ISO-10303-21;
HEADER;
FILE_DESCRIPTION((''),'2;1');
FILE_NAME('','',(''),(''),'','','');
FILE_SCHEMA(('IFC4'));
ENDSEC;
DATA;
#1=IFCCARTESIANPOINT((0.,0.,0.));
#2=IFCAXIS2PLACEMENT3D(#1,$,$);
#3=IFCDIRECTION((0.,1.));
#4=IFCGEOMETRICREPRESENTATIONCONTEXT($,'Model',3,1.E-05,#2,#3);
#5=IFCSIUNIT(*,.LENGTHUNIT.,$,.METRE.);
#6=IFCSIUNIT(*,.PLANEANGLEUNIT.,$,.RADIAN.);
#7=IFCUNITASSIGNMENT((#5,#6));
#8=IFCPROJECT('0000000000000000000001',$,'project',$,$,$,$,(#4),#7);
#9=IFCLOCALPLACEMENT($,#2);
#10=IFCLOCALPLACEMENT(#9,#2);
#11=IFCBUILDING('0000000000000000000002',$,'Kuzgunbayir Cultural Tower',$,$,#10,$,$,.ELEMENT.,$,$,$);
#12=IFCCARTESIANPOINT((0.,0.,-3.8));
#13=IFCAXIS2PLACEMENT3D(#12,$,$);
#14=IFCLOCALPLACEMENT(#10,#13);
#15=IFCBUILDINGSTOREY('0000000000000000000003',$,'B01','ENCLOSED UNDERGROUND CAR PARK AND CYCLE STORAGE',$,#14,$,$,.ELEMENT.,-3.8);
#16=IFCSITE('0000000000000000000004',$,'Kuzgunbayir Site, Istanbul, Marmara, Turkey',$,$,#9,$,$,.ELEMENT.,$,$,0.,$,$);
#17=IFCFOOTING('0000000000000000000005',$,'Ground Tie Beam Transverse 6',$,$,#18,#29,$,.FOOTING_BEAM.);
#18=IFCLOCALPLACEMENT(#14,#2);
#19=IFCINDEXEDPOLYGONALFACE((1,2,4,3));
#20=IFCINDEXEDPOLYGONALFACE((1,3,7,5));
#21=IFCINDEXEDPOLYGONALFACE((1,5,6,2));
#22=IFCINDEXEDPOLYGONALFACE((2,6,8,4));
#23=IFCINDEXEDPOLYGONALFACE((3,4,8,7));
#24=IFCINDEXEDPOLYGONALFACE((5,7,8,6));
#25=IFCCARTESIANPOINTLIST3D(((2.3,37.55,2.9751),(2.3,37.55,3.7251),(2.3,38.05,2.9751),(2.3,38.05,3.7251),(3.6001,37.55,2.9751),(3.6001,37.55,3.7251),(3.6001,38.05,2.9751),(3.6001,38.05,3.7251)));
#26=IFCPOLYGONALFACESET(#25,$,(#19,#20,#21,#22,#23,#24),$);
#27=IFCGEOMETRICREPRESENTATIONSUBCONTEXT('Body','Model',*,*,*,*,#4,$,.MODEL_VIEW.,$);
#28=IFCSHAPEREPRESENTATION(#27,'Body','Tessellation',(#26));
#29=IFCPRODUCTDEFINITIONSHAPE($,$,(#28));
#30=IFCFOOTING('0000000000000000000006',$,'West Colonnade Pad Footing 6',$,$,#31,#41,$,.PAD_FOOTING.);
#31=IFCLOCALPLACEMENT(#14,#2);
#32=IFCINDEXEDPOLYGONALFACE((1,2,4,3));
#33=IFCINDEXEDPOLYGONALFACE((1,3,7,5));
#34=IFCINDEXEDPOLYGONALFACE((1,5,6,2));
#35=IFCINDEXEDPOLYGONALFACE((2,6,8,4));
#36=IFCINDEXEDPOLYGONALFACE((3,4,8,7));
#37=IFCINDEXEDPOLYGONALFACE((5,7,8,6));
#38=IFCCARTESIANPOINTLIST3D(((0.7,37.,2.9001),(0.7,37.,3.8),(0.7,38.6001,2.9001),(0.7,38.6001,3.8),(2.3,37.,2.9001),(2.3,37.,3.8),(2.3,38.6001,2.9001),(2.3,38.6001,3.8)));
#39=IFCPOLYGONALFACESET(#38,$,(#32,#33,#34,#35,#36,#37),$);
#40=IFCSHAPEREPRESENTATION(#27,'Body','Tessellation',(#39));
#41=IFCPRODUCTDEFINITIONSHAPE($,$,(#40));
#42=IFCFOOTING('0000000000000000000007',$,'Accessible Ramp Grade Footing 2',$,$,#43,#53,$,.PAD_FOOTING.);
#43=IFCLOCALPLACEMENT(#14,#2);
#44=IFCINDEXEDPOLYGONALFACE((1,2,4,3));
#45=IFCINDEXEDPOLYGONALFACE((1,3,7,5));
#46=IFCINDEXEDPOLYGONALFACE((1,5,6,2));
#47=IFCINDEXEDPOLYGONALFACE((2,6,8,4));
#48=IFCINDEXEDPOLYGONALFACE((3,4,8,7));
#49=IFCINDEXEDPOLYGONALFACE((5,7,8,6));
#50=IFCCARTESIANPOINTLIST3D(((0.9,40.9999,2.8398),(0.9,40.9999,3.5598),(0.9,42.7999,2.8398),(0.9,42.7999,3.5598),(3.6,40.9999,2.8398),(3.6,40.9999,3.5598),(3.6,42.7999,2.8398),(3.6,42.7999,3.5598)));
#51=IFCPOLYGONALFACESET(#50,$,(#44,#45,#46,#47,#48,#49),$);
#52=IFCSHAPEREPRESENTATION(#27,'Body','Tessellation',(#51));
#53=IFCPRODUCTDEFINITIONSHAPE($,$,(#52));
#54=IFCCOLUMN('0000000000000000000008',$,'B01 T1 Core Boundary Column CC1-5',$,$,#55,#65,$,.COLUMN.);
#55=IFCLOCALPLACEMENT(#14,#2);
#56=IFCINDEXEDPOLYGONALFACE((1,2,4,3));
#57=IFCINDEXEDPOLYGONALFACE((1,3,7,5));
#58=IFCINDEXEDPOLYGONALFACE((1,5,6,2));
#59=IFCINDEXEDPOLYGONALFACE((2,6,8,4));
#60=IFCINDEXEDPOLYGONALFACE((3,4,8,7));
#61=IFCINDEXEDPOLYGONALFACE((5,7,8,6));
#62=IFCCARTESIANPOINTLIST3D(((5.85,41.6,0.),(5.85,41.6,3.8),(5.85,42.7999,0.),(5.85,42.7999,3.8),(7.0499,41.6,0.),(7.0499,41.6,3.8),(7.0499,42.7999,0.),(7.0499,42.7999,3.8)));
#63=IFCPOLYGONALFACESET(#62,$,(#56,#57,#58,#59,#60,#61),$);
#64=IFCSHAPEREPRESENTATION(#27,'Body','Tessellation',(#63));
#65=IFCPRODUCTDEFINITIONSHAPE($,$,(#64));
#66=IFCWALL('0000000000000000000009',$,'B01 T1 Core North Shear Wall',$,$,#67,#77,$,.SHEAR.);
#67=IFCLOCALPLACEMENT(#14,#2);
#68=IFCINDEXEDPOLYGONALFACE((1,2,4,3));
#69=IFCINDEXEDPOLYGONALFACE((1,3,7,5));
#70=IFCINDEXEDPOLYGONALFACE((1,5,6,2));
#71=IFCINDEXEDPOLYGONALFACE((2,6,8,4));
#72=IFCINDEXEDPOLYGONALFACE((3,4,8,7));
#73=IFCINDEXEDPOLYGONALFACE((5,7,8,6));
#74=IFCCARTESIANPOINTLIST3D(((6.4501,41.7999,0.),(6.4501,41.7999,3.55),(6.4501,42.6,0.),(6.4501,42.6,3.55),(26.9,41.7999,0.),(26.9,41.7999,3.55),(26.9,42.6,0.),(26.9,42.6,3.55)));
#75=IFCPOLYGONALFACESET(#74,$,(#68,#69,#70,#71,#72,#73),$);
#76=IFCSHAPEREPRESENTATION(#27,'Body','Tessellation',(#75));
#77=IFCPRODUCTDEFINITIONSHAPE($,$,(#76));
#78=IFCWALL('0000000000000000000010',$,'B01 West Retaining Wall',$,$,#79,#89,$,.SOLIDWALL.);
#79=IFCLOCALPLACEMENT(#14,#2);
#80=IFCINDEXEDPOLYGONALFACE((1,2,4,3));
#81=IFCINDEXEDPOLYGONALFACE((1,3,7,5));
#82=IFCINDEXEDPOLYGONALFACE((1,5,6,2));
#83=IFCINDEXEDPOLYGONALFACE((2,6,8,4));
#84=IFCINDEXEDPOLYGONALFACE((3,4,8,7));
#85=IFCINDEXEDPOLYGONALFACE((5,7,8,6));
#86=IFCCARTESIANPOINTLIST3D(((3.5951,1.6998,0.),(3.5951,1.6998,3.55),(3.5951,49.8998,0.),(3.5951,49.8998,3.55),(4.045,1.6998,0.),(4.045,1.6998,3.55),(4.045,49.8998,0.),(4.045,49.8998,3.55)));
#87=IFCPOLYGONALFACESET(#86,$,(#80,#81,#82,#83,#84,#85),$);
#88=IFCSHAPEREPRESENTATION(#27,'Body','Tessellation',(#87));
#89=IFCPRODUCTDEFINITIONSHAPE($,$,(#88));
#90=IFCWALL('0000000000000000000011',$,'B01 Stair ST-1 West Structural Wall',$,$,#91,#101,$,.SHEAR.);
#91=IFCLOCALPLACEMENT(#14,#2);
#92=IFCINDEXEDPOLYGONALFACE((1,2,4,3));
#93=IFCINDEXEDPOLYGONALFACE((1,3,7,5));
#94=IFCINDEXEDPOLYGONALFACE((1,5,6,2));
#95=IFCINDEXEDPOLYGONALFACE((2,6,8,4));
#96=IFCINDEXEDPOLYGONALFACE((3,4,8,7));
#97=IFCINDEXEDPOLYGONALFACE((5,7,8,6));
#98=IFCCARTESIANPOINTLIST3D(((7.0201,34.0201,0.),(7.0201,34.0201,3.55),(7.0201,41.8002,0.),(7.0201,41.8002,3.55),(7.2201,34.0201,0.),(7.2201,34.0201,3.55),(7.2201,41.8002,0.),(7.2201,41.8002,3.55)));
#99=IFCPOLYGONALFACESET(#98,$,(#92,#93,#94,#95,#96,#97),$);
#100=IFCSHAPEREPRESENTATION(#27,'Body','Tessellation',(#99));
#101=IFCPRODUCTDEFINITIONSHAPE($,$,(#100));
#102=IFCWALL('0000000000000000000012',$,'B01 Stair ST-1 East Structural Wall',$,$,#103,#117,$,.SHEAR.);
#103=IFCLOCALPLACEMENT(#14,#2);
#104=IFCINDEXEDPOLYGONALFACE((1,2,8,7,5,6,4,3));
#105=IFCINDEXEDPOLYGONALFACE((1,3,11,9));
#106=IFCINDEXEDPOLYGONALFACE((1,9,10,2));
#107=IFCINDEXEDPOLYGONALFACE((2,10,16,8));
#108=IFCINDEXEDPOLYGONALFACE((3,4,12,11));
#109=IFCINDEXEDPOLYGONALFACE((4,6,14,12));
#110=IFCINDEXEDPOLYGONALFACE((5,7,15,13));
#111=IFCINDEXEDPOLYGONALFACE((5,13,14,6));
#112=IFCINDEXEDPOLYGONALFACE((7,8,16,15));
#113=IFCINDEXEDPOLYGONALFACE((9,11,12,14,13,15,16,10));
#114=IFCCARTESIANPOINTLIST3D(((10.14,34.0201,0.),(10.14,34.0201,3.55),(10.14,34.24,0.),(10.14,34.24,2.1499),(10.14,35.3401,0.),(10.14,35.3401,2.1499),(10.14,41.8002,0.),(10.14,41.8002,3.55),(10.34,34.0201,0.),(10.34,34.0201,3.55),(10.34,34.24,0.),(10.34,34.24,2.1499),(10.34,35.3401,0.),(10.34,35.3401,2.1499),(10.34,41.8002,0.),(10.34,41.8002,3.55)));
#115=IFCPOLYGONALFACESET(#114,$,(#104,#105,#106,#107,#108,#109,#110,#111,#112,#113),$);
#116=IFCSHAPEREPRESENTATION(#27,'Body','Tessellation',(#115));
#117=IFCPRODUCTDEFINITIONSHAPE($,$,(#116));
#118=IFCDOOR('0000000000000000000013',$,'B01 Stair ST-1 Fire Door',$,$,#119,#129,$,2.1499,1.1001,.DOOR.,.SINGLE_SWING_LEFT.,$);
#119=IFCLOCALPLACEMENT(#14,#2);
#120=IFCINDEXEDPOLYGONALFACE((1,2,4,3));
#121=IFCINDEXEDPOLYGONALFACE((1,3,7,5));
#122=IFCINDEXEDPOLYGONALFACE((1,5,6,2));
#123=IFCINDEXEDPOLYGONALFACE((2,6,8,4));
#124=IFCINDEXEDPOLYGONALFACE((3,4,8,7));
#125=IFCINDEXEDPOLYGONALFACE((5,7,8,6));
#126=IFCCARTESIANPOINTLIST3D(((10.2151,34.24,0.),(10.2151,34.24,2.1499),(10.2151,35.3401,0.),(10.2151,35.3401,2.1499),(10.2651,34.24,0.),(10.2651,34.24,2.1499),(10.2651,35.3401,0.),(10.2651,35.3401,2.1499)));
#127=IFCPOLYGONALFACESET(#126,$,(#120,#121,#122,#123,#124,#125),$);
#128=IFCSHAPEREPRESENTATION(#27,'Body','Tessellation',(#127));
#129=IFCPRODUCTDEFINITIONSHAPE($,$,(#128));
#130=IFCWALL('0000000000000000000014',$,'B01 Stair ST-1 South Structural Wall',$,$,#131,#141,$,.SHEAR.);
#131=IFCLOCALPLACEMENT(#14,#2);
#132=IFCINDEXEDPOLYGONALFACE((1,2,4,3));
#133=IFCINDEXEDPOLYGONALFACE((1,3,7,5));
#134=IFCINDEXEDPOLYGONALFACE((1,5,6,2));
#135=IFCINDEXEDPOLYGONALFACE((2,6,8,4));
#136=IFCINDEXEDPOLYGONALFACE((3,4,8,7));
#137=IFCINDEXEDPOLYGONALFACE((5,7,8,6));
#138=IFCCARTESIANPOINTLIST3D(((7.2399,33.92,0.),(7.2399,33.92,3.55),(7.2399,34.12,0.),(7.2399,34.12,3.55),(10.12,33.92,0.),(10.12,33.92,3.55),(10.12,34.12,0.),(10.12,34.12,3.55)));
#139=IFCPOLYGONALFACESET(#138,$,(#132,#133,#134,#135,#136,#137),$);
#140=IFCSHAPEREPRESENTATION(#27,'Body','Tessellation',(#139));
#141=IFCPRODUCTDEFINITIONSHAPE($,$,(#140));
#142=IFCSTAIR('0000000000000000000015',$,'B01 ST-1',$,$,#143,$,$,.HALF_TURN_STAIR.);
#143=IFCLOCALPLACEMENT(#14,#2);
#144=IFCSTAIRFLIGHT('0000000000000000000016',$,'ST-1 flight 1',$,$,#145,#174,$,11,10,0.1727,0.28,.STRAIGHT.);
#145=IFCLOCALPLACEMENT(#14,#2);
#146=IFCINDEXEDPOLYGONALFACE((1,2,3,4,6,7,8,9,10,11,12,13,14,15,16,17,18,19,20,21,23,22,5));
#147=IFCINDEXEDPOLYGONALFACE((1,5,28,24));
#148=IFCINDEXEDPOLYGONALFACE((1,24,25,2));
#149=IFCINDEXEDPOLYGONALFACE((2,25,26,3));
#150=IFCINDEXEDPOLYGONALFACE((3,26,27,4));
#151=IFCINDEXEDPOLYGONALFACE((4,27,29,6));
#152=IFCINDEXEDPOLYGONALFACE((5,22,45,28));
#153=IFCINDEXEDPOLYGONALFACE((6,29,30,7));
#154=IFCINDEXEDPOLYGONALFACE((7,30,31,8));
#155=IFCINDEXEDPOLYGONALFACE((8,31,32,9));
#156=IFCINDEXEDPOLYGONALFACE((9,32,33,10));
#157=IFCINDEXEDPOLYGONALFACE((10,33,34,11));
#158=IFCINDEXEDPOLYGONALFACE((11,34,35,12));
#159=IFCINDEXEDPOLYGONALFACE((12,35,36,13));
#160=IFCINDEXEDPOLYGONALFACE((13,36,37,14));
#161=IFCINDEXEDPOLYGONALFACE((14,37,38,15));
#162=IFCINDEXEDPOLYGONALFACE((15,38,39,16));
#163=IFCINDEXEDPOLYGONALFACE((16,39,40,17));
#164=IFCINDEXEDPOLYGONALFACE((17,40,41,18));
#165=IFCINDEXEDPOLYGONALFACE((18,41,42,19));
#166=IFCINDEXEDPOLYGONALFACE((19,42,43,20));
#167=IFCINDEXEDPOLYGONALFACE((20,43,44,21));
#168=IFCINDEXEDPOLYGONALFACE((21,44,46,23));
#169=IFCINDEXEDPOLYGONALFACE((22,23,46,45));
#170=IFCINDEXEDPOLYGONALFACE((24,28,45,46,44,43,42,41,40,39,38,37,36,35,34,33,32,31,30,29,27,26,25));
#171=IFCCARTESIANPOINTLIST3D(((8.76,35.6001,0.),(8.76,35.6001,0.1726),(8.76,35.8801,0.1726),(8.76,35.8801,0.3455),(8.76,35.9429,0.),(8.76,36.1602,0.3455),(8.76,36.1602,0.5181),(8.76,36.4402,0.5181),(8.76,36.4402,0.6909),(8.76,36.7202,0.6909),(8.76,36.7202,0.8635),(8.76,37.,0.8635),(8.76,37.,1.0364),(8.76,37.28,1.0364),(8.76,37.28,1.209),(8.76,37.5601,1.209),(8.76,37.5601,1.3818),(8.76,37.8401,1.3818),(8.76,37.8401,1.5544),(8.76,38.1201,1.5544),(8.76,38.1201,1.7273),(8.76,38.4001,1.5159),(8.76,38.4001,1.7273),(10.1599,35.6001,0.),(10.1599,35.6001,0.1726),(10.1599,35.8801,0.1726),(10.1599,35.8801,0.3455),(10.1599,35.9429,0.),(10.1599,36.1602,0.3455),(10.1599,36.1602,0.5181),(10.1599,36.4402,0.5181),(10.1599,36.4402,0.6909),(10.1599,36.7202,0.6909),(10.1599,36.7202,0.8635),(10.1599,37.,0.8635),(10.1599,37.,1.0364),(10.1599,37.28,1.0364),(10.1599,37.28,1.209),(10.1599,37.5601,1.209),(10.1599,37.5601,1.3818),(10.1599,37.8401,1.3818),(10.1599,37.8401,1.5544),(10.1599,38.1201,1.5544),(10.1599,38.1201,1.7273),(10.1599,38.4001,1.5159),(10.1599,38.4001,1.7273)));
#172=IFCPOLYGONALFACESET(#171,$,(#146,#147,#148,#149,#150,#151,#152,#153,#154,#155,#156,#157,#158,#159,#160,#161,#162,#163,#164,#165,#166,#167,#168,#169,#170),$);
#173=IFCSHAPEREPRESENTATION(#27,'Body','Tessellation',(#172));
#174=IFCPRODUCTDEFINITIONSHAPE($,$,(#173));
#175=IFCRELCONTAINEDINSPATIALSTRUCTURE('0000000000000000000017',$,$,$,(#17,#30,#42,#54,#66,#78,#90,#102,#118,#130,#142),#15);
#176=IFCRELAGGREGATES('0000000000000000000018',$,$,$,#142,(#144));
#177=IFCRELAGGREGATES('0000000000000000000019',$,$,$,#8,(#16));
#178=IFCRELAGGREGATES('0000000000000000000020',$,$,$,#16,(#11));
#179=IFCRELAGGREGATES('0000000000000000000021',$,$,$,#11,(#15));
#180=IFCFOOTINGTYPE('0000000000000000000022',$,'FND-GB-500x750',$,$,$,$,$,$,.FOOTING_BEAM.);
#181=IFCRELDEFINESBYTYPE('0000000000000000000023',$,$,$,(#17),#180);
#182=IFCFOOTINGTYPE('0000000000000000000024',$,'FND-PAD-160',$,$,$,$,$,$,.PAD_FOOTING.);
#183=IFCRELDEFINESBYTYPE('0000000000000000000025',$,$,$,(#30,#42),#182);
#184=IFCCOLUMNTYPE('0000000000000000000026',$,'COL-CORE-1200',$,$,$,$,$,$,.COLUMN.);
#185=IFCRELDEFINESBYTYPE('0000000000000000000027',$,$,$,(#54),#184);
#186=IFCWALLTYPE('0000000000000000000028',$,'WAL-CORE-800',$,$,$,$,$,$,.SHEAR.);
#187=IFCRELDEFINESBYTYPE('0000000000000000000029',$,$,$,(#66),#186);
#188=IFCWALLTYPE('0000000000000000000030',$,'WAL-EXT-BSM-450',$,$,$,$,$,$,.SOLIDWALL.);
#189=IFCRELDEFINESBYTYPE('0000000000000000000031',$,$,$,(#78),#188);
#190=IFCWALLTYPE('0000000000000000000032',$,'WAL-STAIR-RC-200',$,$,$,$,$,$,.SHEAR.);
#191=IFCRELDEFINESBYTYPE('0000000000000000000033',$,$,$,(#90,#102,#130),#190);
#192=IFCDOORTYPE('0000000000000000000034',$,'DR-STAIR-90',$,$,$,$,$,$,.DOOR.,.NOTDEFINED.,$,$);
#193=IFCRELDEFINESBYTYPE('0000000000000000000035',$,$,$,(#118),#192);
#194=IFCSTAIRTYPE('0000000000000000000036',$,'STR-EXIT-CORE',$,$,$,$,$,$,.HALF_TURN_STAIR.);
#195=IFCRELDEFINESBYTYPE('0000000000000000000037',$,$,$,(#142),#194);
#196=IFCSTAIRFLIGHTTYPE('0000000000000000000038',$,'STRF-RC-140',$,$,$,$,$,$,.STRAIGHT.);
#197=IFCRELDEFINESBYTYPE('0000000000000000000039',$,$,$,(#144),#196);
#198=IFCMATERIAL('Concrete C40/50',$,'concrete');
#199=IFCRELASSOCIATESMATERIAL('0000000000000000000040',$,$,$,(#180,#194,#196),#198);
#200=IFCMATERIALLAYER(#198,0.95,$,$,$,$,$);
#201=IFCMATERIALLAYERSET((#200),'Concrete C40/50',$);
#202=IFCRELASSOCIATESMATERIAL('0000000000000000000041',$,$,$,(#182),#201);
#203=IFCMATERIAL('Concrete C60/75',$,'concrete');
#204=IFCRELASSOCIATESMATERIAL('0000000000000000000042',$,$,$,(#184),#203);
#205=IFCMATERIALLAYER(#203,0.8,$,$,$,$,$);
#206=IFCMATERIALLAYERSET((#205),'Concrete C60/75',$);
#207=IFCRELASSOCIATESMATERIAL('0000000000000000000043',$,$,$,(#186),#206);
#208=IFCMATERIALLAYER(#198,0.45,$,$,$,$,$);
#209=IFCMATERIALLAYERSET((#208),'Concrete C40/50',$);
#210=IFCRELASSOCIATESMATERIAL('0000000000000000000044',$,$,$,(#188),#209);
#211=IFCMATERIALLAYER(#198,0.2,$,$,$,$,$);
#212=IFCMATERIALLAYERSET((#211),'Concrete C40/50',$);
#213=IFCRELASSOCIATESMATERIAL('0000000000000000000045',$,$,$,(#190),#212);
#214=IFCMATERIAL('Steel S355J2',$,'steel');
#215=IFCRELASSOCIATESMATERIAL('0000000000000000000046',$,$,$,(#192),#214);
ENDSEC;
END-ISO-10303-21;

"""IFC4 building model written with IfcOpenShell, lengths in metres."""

from ifc_helpers import new_model, si_unit, direction, frame, frame_2d, origin, origin_2d, place, context, subcontext, project, spatial, polyline, rectangle, outline, extrude, material, layer, layer_set, material_profile, profile_set, type_object, element, fill, aggregate, save


model = new_model("IFC4")

# Units and contexts
model_context = context("Model", 3, precision=1e-05, world=origin(), true_north=direction((0.0, 1.0)))
body_context = subcontext(model_context, "Body", "Model", "MODEL_VIEW")
ifc_project = project(units=[si_unit("LENGTHUNIT", "METRE"), si_unit("PLANEANGLEUNIT", "RADIAN")], contexts=[model_context])

# Site, building, storey
site_placement = place(None, origin())
site = spatial("IfcSite", under=ifc_project, at=site_placement, Name="Kuzgunbayir Site, Istanbul, Marmara, Turkey", CompositionType="ELEMENT", RefElevation=0.0)
building_placement = place(site_placement, origin())
building = spatial("IfcBuilding", under=site, at=building_placement, Name="Kuzgunbayir Cultural Tower", CompositionType="ELEMENT")
storey_placement = place(building_placement, frame((0.0, 0.0, -3.8)))
storey = spatial("IfcBuildingStorey", under=building, at=storey_placement, Name="B01", Description="ENCLOSED UNDERGROUND CAR PARK AND CYCLE STORAGE", CompositionType="ELEMENT", Elevation=-3.8)

# Footings
ifc_material_1 = material(Name="Concrete C40/50", Category="concrete")
ifc_material_profile_1 = material_profile(ifc_material_1, rectangle(XDim=0.5, YDim=0.75, at=origin_2d()), Name="RC 500x750")
ifc_profile_set_1 = profile_set([ifc_material_profile_1], Name="Concrete C40/50")
footing_type_1 = type_object("IfcFootingType", Name="FND-GB-500x750", PredefinedType="FOOTING_BEAM", material=ifc_profile_set_1)
footing_1_placement = place(storey_placement, frame((2.3, 37.8, 3.3501), z_axis=(1.0, 0.0, 0.0), x_axis=(0.0, 1.0, 0.0)))
element("IfcFooting", 1, at=footing_1_placement, inside=storey, type_object=footing_type_1, Name="Ground Tie Beam Transverse 6", PredefinedType="FOOTING_BEAM", context=body_context, shape_type="SweptSolid", body=[
    extrude(rectangle(XDim=0.5, YDim=0.75, at=origin_2d()), origin(), (0.0, 0.0, 1.0), 1.3),
])
ifc_layer_1 = layer(ifc_material_1, 0.95)
ifc_layer_set_1 = layer_set([ifc_layer_1], Name="Concrete C40/50")
footing_type_2 = type_object("IfcFootingType", Name="FND-PAD-160", PredefinedType="PAD_FOOTING", material=ifc_layer_set_1)
footing_2_placement = place(storey_placement, frame((1.5, 37.8, 2.9001), z_axis=(0.0, 0.0, 1.0), x_axis=(1.0, 0.0, 0.0)))
element("IfcFooting", 2, at=footing_2_placement, inside=storey, type_object=footing_type_2, Name="West Colonnade Pad Footing 6", PredefinedType="PAD_FOOTING", context=body_context, shape_type="SweptSolid", body=[
    extrude(rectangle(XDim=1.6001, YDim=1.6001, at=origin_2d()), origin(), (0.0, 0.0, 1.0), 0.8999),
])
footing_3_placement = place(storey_placement, frame((2.25, 41.8999, 2.8398), z_axis=(0.0, 0.0, 1.0), x_axis=(1.0, 0.0, 0.0)))
element("IfcFooting", 3, at=footing_3_placement, inside=storey, type_object=footing_type_2, Name="Accessible Ramp Grade Footing 2", PredefinedType="PAD_FOOTING", context=body_context, shape_type="SweptSolid", body=[
    extrude(rectangle(XDim=2.7, YDim=1.8, at=origin_2d()), origin(), (0.0, 0.0, 1.0), 0.72),
])

# Column
ifc_material_2 = material(Name="Concrete C60/75", Category="concrete")
ifc_material_profile_2 = material_profile(ifc_material_2, rectangle(XDim=1.2, YDim=1.2, at=origin_2d()), Name="RC 1200x1200")
ifc_profile_set_2 = profile_set([ifc_material_profile_2], Name="Concrete C60/75")
column_type = type_object("IfcColumnType", Name="COL-CORE-1200", PredefinedType="COLUMN", material=ifc_profile_set_2)
column_placement = place(storey_placement, frame((6.45, 42.2, 0.0), z_axis=(0.0, 0.0, 1.0), x_axis=(1.0, 0.0, 0.0)))
element("IfcColumn", 4, at=column_placement, inside=storey, type_object=column_type, Name="B01 T1 Core Boundary Column CC1-5", PredefinedType="COLUMN", context=body_context, shape_type="SweptSolid", body=[
    extrude(rectangle(XDim=1.2, YDim=1.2, at=origin_2d()), origin(), (0.0, 0.0, 1.0), 3.8),
])

# Walls
ifc_layer_2 = layer(ifc_material_2, 0.8)
ifc_layer_set_2 = layer_set([ifc_layer_2], Name="Concrete C60/75")
wall_type_1 = type_object("IfcWallType", Name="WAL-CORE-800", PredefinedType="SHEAR", material=ifc_layer_set_2)
wall_1_placement = place(storey_placement, frame((6.45, 42.2, 0.0), z_axis=(0.0, 0.0, 1.0), x_axis=(1.0, 0.0, 0.0)))
element("IfcWall", 5, at=wall_1_placement, inside=storey, type_object=wall_type_1, Name="B01 T1 Core North Shear Wall", PredefinedType="SHEAR", context=body_context, shape_type="SweptSolid", body=[
    extrude(rectangle(XDim=20.45, YDim=0.8, at=frame_2d((10.2251, 0.0))), origin(), (0.0, 0.0, 1.0), 3.55),
])
ifc_layer_3 = layer(ifc_material_1, 0.45)
ifc_layer_set_3 = layer_set([ifc_layer_3], Name="Concrete C40/50")
wall_type_2 = type_object("IfcWallType", Name="WAL-EXT-BSM-450", PredefinedType="SOLIDWALL", material=ifc_layer_set_3)
wall_2_placement = place(storey_placement, frame((3.8201, 49.8999, 0.0), z_axis=(0.0, 0.0, 1.0), x_axis=(0.0, -1.0, 0.0)))
element("IfcWall", 6, at=wall_2_placement, inside=storey, type_object=wall_type_2, Name="B01 West Retaining Wall", PredefinedType="SOLIDWALL", context=body_context, shape_type="SweptSolid", body=[
    extrude(rectangle(XDim=48.2, YDim=0.45, at=frame_2d((24.1001, 0.0))), origin(), (0.0, 0.0, 1.0), 3.55),
])

# Shared definitions
ifc_material_3 = material(Name="Steel S355J2", Category="steel")

# Wall
ifc_layer_4 = layer(ifc_material_1, 0.2)
ifc_layer_set_4 = layer_set([ifc_layer_4], Name="Concrete C40/50")
wall_type_3 = type_object("IfcWallType", Name="WAL-STAIR-RC-200", PredefinedType="SHEAR", material=ifc_layer_set_4)
wall_3_placement = place(storey_placement, frame((7.1201, 34.02, 0.0), z_axis=(0.0, 0.0, 1.0), x_axis=(0.0, 1.0, 0.0)))
element("IfcWall", 7, at=wall_3_placement, inside=storey, type_object=wall_type_3, Name="B01 Stair ST-1 West Structural Wall", PredefinedType="SHEAR", context=body_context, shape_type="SweptSolid", body=[
    extrude(rectangle(XDim=7.78, YDim=0.2, at=frame_2d((3.8901, 0.0))), origin(), (0.0, 0.0, 1.0), 3.55),
])

# Wall, opening, door
wall_4_placement = place(storey_placement, frame((10.24, 34.02, 0.0), z_axis=(0.0, 0.0, 1.0), x_axis=(0.0, 1.0, 0.0)))
wall_4 = element("IfcWall", 8, at=wall_4_placement, inside=storey, type_object=wall_type_3, Name="B01 Stair ST-1 East Structural Wall", PredefinedType="SHEAR", context=body_context, shape_type="SweptSolid", body=[
    extrude(rectangle(XDim=7.78, YDim=0.2, at=frame_2d((3.8901, 0.0))), origin(), (0.0, 0.0, 1.0), 3.55),
])
opening_1_placement = place(wall_4_placement, frame((0.22, 0.0, 0.0)))
opening_1 = element("IfcOpeningElement", 9, at=opening_1_placement, cuts=wall_4, PredefinedType="OPENING", context=body_context, shape_type="SweptSolid", body=[
    extrude(rectangle(XDim=1.1001, YDim=2.1499, at=frame_2d((0.55, 1.075))), frame((0.0, 0.1099, 0.0), z_axis=(0.0, -1.0, 0.0), x_axis=(1.0, 0.0, 0.0)), (0.0, 0.0, 1.0), 0.22),
])
door_type_1 = type_object("IfcDoorType", Name="DR-STAIR-90", OperationType="NOTDEFINED", PredefinedType="DOOR", material=ifc_material_3)
door_1_placement = place(opening_1_placement, origin())
door_1 = element("IfcDoor", 10, at=door_1_placement, inside=storey, type_object=door_type_1, Name="B01 Stair ST-1 Fire Door", OperationType="SINGLE_SWING_LEFT", OverallHeight=2.1499, OverallWidth=1.1001, PredefinedType="DOOR", context=body_context, shape_type="SweptSolid", body=[
    extrude(rectangle(XDim=1.1001, YDim=2.1499, at=frame_2d((0.55, 1.075))), frame((0.0, 0.0249, 0.0), z_axis=(0.0, -1.0, 0.0), x_axis=(1.0, 0.0, 0.0)), (0.0, 0.0, 1.0), 0.05),
])
fill(opening_1, door_1)

# Wall
wall_5_placement = place(storey_placement, frame((7.24, 34.02, 0.0), z_axis=(0.0, 0.0, 1.0), x_axis=(1.0, 0.0, 0.0)))
element("IfcWall", 11, at=wall_5_placement, inside=storey, type_object=wall_type_3, Name="B01 Stair ST-1 South Structural Wall", PredefinedType="SHEAR", context=body_context, shape_type="SweptSolid", body=[
    extrude(rectangle(XDim=2.8801, YDim=0.2, at=frame_2d((1.4399, 0.0))), origin(), (0.0, 0.0, 1.0), 3.55),
])

# Stair, stair flight
stair_type = type_object("IfcStairType", Name="STR-EXIT-CORE", PredefinedType="HALF_TURN_STAIR", material=ifc_material_1)
stair_placement = place(storey_placement, origin())
stair = element("IfcStair", 12, at=stair_placement, inside=storey, type_object=stair_type, Name="B01 ST-1", PredefinedType="HALF_TURN_STAIR")
stair_flight_type = type_object("IfcStairFlightType", Name="STRF-RC-140", PredefinedType="STRAIGHT", material=ifc_material_1)
stair_flight_1_placement = place(storey_placement, frame((9.46, 35.6001, 0.0), z_axis=(0.0, 0.0, 1.0), x_axis=(0.0, 1.0, 0.0)))
stair_flight_1 = element("IfcStairFlight", 13, at=stair_flight_1_placement, type_object=stair_flight_type, Name="ST-1 flight 1", NumberOfRisers=11, NumberOfTreads=10, PredefinedType="STRAIGHT", RiserHeight=0.1727, TreadLength=0.28, context=body_context, shape_type="SweptSolid", body=[
    extrude(outline(polyline([(0.0, 0.0), (0.0, 0.1726), (0.28, 0.1726), (0.28, 0.3455), (0.5601, 0.3455), (0.5601, 0.5181), (0.8401, 0.5181), (0.8401, 0.6909), (1.1201, 0.6909), (1.1201, 0.8635), (1.3999, 0.8635), (1.3999, 1.0364), (1.6799, 1.0364), (1.6799, 1.209), (1.96, 1.209), (1.96, 1.3818), (2.24, 1.3818), (2.24, 1.5544), (2.52, 1.5544), (2.52, 1.7273), (2.8, 1.7273), (2.8, 1.8999), (2.8, 1.5159), (0.3428, 0.0), (0.0, 0.0)])), frame((0.0, 0.7, 0.0), z_axis=(0.0, -1.0, 0.0), x_axis=(1.0, 0.0, 0.0)), (0.0, 0.0, 1.0), 1.3999),
])
aggregate(stair, [stair_flight_1])

save(model, "model.ifc")
